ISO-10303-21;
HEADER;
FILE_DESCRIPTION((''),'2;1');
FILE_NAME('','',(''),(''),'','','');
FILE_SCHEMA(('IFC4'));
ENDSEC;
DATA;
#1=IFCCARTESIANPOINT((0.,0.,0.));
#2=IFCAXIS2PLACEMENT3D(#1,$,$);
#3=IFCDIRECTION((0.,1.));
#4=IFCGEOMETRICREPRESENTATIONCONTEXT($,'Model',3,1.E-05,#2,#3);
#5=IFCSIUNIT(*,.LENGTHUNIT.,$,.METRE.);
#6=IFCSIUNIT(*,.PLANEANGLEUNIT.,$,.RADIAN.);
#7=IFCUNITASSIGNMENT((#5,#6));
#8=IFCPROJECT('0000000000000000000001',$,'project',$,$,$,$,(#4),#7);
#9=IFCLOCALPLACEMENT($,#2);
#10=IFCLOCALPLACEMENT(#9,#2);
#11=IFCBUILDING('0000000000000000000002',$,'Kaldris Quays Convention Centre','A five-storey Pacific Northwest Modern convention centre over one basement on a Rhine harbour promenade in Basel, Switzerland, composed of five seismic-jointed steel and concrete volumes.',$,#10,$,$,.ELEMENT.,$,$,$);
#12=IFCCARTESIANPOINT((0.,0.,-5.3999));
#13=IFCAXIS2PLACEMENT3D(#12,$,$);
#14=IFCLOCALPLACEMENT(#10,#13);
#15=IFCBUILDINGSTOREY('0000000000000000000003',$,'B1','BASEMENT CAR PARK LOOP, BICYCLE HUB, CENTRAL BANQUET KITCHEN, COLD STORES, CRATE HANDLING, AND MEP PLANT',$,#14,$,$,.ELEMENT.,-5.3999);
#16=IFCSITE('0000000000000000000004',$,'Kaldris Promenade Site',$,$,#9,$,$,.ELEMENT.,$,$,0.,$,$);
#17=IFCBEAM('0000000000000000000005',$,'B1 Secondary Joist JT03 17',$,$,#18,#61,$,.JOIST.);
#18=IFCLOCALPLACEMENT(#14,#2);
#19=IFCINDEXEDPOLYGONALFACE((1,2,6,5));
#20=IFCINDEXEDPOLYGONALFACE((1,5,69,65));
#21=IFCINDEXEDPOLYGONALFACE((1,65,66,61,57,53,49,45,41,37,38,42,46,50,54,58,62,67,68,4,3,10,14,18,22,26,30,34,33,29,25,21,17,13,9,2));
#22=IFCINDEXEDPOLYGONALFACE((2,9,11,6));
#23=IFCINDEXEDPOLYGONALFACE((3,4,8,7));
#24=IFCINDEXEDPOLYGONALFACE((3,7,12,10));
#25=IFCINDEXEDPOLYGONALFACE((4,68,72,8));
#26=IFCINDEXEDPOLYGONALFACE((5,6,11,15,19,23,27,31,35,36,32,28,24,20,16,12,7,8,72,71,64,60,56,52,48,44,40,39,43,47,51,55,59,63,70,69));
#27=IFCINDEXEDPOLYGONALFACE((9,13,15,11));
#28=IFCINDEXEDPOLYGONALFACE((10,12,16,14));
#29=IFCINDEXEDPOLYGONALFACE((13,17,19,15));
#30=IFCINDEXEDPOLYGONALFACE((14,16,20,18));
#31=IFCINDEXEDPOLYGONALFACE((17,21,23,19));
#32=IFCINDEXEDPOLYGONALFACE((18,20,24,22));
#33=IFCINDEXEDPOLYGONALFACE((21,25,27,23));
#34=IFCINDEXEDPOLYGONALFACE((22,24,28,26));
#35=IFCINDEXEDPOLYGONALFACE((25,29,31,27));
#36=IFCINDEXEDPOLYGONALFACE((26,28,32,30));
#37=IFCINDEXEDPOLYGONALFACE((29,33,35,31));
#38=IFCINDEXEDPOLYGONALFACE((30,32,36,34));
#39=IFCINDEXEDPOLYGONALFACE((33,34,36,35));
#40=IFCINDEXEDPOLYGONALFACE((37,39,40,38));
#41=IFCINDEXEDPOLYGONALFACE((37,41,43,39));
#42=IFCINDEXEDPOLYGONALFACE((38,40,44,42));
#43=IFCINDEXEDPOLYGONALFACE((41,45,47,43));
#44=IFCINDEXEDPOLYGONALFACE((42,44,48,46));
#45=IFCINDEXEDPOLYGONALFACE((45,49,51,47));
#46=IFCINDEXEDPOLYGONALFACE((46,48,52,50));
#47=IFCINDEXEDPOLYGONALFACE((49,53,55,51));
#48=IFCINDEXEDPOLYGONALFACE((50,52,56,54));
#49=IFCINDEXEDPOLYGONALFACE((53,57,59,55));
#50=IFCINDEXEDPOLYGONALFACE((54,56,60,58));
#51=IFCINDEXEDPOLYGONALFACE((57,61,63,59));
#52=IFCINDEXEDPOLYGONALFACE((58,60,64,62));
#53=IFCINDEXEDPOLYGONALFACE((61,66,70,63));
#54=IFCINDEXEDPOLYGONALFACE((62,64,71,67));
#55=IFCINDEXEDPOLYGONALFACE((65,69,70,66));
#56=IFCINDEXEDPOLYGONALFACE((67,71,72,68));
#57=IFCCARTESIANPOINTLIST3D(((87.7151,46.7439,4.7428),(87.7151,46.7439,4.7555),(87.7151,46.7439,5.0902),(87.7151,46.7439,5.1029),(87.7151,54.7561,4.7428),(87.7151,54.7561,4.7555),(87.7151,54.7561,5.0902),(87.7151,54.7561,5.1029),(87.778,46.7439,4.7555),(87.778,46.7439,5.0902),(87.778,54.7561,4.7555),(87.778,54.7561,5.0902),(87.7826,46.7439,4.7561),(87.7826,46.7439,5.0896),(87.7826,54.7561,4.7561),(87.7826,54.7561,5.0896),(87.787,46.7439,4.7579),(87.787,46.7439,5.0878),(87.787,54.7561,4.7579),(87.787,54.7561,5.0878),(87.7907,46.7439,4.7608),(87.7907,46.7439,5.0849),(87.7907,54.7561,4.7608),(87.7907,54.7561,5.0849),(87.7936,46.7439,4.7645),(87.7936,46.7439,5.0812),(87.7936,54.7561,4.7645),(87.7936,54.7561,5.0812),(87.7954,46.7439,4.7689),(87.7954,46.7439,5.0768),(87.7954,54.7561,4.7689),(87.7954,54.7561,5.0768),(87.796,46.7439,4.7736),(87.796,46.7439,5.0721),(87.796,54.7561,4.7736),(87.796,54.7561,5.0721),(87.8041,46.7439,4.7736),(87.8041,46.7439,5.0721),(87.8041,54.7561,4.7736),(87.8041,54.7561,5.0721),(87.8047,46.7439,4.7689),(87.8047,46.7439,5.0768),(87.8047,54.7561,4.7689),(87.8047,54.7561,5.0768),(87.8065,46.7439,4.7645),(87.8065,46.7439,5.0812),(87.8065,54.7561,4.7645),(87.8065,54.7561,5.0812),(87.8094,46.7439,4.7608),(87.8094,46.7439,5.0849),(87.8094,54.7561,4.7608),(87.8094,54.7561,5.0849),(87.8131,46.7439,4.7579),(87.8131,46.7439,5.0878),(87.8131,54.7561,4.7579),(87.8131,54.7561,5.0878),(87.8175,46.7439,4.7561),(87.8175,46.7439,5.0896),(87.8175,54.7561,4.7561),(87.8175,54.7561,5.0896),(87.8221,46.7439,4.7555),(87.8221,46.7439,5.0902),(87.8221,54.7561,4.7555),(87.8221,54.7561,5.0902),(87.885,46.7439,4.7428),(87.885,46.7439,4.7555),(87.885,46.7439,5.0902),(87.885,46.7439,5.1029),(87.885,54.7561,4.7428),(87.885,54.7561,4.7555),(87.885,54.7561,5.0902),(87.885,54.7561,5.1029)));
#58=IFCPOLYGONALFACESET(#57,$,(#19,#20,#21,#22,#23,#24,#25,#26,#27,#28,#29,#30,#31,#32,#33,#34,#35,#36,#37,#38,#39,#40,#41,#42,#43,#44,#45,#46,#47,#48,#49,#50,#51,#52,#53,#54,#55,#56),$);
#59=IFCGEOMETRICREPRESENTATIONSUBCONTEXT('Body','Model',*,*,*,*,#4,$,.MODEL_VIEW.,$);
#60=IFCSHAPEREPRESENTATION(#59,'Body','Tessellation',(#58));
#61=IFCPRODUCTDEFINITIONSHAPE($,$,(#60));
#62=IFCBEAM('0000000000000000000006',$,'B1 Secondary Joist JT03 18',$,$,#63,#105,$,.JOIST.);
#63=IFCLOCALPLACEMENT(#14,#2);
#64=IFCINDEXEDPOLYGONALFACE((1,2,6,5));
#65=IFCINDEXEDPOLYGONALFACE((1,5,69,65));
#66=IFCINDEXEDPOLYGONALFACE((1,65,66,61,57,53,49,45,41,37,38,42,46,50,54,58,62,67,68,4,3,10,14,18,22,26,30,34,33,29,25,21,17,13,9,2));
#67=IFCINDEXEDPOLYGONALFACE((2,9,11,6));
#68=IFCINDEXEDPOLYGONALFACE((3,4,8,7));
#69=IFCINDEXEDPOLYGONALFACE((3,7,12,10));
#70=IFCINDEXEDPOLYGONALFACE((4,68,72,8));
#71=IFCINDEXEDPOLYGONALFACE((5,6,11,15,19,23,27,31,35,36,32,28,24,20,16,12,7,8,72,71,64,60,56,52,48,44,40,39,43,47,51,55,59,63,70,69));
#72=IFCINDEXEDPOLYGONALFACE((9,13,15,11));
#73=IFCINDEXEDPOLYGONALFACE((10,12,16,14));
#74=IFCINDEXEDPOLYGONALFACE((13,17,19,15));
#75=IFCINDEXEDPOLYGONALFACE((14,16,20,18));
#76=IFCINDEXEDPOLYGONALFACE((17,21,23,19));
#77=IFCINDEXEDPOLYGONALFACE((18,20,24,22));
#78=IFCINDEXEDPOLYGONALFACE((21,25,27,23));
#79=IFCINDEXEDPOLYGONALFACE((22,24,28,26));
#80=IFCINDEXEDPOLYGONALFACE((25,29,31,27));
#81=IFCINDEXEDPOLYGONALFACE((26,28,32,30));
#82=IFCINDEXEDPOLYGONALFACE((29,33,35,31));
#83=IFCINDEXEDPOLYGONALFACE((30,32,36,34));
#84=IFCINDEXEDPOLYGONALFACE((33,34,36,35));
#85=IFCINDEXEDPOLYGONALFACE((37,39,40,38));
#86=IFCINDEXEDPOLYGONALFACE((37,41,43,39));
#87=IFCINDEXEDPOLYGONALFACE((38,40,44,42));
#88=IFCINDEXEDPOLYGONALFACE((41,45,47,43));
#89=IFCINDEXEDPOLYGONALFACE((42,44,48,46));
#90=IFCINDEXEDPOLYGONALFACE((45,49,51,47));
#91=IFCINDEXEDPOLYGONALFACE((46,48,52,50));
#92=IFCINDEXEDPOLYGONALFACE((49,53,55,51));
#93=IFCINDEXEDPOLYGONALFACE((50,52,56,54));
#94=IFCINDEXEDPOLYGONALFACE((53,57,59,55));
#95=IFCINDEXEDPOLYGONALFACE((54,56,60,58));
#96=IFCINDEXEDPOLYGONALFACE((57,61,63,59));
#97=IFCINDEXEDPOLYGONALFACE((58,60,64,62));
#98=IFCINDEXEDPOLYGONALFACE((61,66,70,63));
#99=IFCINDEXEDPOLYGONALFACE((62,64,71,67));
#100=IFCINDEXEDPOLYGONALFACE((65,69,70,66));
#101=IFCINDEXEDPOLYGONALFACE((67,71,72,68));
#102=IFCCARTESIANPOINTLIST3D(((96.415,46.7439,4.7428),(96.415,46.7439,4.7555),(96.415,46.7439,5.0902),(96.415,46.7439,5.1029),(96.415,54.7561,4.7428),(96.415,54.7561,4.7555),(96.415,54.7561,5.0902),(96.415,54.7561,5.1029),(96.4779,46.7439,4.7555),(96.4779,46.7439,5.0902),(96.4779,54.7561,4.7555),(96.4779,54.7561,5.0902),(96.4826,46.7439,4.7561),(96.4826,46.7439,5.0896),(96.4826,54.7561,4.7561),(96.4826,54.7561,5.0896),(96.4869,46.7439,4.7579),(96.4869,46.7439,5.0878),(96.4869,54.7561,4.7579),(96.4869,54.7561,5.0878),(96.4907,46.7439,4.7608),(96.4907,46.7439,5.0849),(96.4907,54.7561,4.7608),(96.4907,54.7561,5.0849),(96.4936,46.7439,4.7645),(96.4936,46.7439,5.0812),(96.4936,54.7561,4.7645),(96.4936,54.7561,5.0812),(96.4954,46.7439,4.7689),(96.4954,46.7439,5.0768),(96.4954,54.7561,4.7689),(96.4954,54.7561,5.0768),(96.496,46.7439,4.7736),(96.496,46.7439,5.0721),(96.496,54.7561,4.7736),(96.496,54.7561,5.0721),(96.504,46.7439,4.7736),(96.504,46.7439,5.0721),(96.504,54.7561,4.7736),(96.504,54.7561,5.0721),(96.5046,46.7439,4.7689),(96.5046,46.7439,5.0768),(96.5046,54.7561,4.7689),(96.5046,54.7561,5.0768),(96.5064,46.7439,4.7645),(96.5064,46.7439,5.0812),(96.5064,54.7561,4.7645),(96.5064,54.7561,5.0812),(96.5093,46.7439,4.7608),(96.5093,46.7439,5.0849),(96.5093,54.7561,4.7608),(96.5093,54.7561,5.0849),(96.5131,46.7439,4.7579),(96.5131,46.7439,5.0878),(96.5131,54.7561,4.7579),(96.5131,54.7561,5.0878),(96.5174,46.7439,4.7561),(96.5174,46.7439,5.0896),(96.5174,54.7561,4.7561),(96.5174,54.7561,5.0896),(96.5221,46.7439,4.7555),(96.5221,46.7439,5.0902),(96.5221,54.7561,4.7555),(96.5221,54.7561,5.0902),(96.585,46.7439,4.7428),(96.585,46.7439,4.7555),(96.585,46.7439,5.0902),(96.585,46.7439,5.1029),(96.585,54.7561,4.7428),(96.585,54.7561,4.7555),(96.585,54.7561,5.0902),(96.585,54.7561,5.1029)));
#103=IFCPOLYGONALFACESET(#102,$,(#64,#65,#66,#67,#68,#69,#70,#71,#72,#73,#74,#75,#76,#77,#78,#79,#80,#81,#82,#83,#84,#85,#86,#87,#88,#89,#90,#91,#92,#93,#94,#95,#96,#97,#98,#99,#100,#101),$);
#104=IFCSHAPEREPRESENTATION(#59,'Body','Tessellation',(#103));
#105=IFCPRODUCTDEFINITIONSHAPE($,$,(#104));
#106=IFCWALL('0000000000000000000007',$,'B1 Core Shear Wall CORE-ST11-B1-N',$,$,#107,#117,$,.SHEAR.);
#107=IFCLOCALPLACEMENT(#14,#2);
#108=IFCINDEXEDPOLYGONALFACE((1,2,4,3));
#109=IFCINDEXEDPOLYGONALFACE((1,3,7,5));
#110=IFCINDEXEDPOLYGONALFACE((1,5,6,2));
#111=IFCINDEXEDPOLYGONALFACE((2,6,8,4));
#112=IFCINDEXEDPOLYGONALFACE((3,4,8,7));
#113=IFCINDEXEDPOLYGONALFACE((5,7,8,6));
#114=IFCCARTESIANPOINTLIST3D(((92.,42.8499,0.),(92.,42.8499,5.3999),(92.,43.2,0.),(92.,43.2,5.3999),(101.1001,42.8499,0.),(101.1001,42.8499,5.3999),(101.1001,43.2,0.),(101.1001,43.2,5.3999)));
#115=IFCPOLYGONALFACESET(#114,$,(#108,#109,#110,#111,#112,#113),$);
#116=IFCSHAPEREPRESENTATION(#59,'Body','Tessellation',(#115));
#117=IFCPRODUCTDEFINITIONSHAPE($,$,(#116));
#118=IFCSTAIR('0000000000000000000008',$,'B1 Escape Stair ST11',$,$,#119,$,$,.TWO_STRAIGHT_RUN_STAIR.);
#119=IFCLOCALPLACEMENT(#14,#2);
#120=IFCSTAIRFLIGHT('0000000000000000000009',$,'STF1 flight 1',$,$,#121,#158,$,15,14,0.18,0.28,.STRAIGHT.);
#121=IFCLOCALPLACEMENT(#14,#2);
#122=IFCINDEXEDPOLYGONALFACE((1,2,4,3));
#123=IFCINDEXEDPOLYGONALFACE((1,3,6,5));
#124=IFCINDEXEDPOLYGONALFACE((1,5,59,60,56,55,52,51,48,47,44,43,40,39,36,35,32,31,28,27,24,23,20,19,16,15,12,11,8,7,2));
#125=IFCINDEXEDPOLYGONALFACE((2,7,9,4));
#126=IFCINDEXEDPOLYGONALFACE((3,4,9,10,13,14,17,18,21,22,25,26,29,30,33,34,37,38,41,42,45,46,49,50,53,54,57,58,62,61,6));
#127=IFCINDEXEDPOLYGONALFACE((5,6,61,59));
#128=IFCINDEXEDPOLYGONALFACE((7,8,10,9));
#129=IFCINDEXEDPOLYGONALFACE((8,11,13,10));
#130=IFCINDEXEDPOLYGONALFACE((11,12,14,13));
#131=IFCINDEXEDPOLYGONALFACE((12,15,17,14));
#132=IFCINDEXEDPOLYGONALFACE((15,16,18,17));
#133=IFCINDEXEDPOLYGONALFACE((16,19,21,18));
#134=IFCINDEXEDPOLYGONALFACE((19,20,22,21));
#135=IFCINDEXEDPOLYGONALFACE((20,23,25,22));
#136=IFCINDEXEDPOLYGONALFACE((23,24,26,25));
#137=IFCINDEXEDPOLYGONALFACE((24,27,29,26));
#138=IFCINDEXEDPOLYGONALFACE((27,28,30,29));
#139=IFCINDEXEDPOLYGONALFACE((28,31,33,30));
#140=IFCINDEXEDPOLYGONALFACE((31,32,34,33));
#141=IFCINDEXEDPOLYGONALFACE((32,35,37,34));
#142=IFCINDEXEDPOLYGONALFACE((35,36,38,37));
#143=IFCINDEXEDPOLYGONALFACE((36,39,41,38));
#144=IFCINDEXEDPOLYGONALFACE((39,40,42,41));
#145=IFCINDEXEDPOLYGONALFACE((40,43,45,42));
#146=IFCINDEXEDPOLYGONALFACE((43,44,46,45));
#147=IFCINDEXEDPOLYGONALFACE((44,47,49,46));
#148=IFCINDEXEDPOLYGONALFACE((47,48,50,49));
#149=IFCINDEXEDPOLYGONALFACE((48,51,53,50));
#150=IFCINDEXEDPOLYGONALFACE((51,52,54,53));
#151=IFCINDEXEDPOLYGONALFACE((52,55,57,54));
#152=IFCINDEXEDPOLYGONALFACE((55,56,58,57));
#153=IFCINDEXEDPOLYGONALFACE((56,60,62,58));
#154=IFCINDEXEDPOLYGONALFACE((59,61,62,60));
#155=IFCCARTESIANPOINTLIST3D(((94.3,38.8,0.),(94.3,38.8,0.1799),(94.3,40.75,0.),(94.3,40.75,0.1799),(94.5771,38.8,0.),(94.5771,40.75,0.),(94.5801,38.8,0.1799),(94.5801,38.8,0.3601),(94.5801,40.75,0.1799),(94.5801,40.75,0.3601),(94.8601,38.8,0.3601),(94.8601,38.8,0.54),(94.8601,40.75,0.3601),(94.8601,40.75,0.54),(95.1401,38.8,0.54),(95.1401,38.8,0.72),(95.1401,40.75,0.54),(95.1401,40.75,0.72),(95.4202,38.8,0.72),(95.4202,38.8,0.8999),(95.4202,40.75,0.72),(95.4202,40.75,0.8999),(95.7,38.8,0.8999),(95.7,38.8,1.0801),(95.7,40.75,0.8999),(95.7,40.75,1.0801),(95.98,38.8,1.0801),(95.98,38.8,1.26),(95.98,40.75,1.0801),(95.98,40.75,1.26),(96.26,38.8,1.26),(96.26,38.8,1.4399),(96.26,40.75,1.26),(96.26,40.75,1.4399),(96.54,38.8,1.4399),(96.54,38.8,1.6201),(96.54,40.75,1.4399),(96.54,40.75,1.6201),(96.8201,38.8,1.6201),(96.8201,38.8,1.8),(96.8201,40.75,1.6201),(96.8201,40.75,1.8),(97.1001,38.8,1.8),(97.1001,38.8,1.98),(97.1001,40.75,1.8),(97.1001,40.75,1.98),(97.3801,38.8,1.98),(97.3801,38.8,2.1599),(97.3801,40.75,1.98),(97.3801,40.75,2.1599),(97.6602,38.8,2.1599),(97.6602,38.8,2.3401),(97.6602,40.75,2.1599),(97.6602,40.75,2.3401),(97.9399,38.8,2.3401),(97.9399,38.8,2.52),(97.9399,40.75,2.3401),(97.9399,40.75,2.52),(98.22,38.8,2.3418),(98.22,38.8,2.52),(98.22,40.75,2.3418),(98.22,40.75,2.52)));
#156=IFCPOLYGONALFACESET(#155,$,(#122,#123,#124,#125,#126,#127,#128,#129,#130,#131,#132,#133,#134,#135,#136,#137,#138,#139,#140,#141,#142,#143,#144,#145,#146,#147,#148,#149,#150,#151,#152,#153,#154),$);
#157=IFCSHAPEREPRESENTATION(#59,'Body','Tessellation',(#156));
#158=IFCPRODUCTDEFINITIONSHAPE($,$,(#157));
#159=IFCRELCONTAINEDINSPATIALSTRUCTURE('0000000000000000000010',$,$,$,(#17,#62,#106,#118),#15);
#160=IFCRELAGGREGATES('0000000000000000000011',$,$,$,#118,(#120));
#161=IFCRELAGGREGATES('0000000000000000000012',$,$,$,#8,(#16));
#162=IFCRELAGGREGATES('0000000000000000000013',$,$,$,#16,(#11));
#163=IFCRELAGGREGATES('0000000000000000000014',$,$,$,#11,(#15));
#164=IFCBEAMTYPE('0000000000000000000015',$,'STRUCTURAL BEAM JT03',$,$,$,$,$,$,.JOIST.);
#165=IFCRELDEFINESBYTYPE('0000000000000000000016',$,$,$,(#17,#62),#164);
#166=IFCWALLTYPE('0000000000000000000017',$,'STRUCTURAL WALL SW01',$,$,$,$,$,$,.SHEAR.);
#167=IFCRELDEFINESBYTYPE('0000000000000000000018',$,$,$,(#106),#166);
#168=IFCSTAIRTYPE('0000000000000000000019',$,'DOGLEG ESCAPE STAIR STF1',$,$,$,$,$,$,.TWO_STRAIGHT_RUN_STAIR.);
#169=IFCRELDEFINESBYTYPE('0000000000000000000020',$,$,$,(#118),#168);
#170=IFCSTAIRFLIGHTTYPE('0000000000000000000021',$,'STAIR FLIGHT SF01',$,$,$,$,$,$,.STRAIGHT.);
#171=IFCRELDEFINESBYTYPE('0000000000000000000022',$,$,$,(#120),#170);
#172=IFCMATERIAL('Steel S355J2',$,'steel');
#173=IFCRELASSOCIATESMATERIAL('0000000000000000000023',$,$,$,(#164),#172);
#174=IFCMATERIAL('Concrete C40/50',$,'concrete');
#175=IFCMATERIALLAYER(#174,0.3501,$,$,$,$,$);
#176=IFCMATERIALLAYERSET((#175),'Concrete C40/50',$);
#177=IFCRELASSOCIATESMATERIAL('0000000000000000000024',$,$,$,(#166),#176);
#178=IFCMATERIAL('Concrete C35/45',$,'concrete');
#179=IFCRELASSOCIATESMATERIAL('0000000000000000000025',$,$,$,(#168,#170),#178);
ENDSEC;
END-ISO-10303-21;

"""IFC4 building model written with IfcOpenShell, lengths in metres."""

from ifc_helpers import new_model, si_unit, direction, frame, frame_2d, origin, origin_2d, place, context, subcontext, project, spatial, polyline, rectangle, i_section, outline, extrude, material, layer, layer_set, material_profile, profile_set, type_object, element, aggregate, save


model = new_model("IFC4")

# Units and contexts
model_context = context("Model", 3, precision=1e-05, world=origin(), true_north=direction((0.0, 1.0)))
body_context = subcontext(model_context, "Body", "Model", "MODEL_VIEW")
ifc_project = project(units=[si_unit("LENGTHUNIT", "METRE"), si_unit("PLANEANGLEUNIT", "RADIAN")], contexts=[model_context])

# Site, building, storey
site_placement = place(None, origin())
site = spatial("IfcSite", under=ifc_project, at=site_placement, Name="Kaldris Promenade Site", CompositionType="ELEMENT", RefElevation=0.0)
building_placement = place(site_placement, origin())
building = spatial("IfcBuilding", under=site, at=building_placement, Name="Kaldris Quays Convention Centre", Description="A five-storey Pacific Northwest Modern convention centre over one basement on a Rhine harbour promenade in Basel, Switzerland, composed of five seismic-jointed steel and concrete volumes.", CompositionType="ELEMENT")
storey_placement = place(building_placement, frame((0.0, 0.0, -5.3999)))
storey = spatial("IfcBuildingStorey", under=building, at=storey_placement, Name="B1", Description="BASEMENT CAR PARK LOOP, BICYCLE HUB, CENTRAL BANQUET KITCHEN, COLD STORES, CRATE HANDLING, AND MEP PLANT", CompositionType="ELEMENT", Elevation=-5.3999)

# Shared definitions
ifc_material_1 = material(Name="Concrete C35/45", Category="concrete")

# Shared definitions
ifc_material_2 = material(Name="Steel S355J2", Category="steel")

# Beams
ifc_material_profile_1 = material_profile(ifc_material_2, i_section(OverallWidth=0.1699, OverallDepth=0.3601, WebThickness=0.0081, FlangeThickness=0.0127, FilletRadius=0.0181, at=origin_2d()), Name="IPE 360")
ifc_profile_set_1 = profile_set([ifc_material_profile_1], Name="Steel S355J2")
beam_type_1 = type_object("IfcBeamType", Name="STRUCTURAL BEAM JT03", PredefinedType="JOIST", material=ifc_profile_set_1)
for number, where, z_axis, x_axis, name in (
    (1, (87.8, 46.7439, 4.9229), (0.0, 1.0, 0.0), (-1.0, 0.0, 0.0), "B1 Secondary Joist JT03 17"),
    (2, (96.5, 46.7439, 4.9229), (0.0, 1.0, 0.0), (-1.0, 0.0, 0.0), "B1 Secondary Joist JT03 18"),
):
    element("IfcBeam", number, at=place(storey_placement, frame(where, z_axis=z_axis, x_axis=x_axis)), inside=storey, type_object=beam_type_1, Name=name, PredefinedType="JOIST", context=body_context, shape_type="SweptSolid", body=[
        extrude(i_section(OverallWidth=0.1699, OverallDepth=0.3601, WebThickness=0.0081, FlangeThickness=0.0127, FilletRadius=0.0181, at=origin_2d()), origin(), (0.0, 0.0, 1.0), 8.0122),
    ])

# Wall
ifc_material_3 = material(Name="Concrete C40/50", Category="concrete")
ifc_layer = layer(ifc_material_3, 0.3501)
ifc_layer_set = layer_set([ifc_layer], Name="Concrete C40/50")
wall_type = type_object("IfcWallType", Name="STRUCTURAL WALL SW01", PredefinedType="SHEAR", material=ifc_layer_set)
wall_placement = place(storey_placement, frame((92.0, 43.0249, 0.0), z_axis=(0.0, 0.0, 1.0), x_axis=(1.0, 0.0, 0.0)))
element("IfcWall", 3, at=wall_placement, inside=storey, type_object=wall_type, Name="B1 Core Shear Wall CORE-ST11-B1-N", PredefinedType="SHEAR", context=body_context, shape_type="SweptSolid", body=[
    extrude(rectangle(XDim=9.1001, YDim=0.3501, at=frame_2d((4.55, 0.0))), origin(), (0.0, 0.0, 1.0), 5.3999),
])

# Stair, stair flight
stair_type = type_object("IfcStairType", Name="DOGLEG ESCAPE STAIR STF1", PredefinedType="TWO_STRAIGHT_RUN_STAIR", material=ifc_material_1)
stair_placement = place(storey_placement, origin())
stair = element("IfcStair", 4, at=stair_placement, inside=storey, type_object=stair_type, Name="B1 Escape Stair ST11", PredefinedType="TWO_STRAIGHT_RUN_STAIR")
stair_flight_type = type_object("IfcStairFlightType", Name="STAIR FLIGHT SF01", PredefinedType="STRAIGHT", material=ifc_material_1)
stair_flight_1_placement = place(storey_placement, frame((94.3, 39.7749, 0.0), z_axis=(0.0, 0.0, 1.0), x_axis=(1.0, 0.0, 0.0)))
stair_flight_1 = element("IfcStairFlight", 5, at=stair_flight_1_placement, type_object=stair_flight_type, Name="STF1 flight 1", NumberOfRisers=15, NumberOfTreads=14, PredefinedType="STRAIGHT", RiserHeight=0.18, TreadLength=0.28, context=body_context, shape_type="SweptSolid", body=[
    extrude(outline(polyline([(0.0, 0.0), (0.0, 0.1799), (0.28, 0.1799), (0.28, 0.3601), (0.5601, 0.3601), (0.5601, 0.54), (0.8401, 0.54), (0.8401, 0.72), (1.1201, 0.72), (1.1201, 0.8999), (1.3999, 0.8999), (1.3999, 1.0801), (1.6799, 1.0801), (1.6799, 1.26), (1.96, 1.26), (1.96, 1.4399), (2.24, 1.4399), (2.24, 1.6201), (2.52, 1.6201), (2.52, 1.8), (2.8, 1.8), (2.8, 1.98), (3.0801, 1.98), (3.0801, 2.1599), (3.3601, 2.1599), (3.3601, 2.3401), (3.6399, 2.3401), (3.6399, 2.52), (3.9199, 2.52), (3.9199, 2.7), (3.9199, 2.3418), (0.2771, 0.0), (0.0, 0.0)])), frame((0.0, 0.9751, 0.0), z_axis=(0.0, -1.0, 0.0), x_axis=(1.0, 0.0, 0.0)), (0.0, 0.0, 1.0), 1.95),
])
aggregate(stair, [stair_flight_1])

save(model, "model.ifc")
